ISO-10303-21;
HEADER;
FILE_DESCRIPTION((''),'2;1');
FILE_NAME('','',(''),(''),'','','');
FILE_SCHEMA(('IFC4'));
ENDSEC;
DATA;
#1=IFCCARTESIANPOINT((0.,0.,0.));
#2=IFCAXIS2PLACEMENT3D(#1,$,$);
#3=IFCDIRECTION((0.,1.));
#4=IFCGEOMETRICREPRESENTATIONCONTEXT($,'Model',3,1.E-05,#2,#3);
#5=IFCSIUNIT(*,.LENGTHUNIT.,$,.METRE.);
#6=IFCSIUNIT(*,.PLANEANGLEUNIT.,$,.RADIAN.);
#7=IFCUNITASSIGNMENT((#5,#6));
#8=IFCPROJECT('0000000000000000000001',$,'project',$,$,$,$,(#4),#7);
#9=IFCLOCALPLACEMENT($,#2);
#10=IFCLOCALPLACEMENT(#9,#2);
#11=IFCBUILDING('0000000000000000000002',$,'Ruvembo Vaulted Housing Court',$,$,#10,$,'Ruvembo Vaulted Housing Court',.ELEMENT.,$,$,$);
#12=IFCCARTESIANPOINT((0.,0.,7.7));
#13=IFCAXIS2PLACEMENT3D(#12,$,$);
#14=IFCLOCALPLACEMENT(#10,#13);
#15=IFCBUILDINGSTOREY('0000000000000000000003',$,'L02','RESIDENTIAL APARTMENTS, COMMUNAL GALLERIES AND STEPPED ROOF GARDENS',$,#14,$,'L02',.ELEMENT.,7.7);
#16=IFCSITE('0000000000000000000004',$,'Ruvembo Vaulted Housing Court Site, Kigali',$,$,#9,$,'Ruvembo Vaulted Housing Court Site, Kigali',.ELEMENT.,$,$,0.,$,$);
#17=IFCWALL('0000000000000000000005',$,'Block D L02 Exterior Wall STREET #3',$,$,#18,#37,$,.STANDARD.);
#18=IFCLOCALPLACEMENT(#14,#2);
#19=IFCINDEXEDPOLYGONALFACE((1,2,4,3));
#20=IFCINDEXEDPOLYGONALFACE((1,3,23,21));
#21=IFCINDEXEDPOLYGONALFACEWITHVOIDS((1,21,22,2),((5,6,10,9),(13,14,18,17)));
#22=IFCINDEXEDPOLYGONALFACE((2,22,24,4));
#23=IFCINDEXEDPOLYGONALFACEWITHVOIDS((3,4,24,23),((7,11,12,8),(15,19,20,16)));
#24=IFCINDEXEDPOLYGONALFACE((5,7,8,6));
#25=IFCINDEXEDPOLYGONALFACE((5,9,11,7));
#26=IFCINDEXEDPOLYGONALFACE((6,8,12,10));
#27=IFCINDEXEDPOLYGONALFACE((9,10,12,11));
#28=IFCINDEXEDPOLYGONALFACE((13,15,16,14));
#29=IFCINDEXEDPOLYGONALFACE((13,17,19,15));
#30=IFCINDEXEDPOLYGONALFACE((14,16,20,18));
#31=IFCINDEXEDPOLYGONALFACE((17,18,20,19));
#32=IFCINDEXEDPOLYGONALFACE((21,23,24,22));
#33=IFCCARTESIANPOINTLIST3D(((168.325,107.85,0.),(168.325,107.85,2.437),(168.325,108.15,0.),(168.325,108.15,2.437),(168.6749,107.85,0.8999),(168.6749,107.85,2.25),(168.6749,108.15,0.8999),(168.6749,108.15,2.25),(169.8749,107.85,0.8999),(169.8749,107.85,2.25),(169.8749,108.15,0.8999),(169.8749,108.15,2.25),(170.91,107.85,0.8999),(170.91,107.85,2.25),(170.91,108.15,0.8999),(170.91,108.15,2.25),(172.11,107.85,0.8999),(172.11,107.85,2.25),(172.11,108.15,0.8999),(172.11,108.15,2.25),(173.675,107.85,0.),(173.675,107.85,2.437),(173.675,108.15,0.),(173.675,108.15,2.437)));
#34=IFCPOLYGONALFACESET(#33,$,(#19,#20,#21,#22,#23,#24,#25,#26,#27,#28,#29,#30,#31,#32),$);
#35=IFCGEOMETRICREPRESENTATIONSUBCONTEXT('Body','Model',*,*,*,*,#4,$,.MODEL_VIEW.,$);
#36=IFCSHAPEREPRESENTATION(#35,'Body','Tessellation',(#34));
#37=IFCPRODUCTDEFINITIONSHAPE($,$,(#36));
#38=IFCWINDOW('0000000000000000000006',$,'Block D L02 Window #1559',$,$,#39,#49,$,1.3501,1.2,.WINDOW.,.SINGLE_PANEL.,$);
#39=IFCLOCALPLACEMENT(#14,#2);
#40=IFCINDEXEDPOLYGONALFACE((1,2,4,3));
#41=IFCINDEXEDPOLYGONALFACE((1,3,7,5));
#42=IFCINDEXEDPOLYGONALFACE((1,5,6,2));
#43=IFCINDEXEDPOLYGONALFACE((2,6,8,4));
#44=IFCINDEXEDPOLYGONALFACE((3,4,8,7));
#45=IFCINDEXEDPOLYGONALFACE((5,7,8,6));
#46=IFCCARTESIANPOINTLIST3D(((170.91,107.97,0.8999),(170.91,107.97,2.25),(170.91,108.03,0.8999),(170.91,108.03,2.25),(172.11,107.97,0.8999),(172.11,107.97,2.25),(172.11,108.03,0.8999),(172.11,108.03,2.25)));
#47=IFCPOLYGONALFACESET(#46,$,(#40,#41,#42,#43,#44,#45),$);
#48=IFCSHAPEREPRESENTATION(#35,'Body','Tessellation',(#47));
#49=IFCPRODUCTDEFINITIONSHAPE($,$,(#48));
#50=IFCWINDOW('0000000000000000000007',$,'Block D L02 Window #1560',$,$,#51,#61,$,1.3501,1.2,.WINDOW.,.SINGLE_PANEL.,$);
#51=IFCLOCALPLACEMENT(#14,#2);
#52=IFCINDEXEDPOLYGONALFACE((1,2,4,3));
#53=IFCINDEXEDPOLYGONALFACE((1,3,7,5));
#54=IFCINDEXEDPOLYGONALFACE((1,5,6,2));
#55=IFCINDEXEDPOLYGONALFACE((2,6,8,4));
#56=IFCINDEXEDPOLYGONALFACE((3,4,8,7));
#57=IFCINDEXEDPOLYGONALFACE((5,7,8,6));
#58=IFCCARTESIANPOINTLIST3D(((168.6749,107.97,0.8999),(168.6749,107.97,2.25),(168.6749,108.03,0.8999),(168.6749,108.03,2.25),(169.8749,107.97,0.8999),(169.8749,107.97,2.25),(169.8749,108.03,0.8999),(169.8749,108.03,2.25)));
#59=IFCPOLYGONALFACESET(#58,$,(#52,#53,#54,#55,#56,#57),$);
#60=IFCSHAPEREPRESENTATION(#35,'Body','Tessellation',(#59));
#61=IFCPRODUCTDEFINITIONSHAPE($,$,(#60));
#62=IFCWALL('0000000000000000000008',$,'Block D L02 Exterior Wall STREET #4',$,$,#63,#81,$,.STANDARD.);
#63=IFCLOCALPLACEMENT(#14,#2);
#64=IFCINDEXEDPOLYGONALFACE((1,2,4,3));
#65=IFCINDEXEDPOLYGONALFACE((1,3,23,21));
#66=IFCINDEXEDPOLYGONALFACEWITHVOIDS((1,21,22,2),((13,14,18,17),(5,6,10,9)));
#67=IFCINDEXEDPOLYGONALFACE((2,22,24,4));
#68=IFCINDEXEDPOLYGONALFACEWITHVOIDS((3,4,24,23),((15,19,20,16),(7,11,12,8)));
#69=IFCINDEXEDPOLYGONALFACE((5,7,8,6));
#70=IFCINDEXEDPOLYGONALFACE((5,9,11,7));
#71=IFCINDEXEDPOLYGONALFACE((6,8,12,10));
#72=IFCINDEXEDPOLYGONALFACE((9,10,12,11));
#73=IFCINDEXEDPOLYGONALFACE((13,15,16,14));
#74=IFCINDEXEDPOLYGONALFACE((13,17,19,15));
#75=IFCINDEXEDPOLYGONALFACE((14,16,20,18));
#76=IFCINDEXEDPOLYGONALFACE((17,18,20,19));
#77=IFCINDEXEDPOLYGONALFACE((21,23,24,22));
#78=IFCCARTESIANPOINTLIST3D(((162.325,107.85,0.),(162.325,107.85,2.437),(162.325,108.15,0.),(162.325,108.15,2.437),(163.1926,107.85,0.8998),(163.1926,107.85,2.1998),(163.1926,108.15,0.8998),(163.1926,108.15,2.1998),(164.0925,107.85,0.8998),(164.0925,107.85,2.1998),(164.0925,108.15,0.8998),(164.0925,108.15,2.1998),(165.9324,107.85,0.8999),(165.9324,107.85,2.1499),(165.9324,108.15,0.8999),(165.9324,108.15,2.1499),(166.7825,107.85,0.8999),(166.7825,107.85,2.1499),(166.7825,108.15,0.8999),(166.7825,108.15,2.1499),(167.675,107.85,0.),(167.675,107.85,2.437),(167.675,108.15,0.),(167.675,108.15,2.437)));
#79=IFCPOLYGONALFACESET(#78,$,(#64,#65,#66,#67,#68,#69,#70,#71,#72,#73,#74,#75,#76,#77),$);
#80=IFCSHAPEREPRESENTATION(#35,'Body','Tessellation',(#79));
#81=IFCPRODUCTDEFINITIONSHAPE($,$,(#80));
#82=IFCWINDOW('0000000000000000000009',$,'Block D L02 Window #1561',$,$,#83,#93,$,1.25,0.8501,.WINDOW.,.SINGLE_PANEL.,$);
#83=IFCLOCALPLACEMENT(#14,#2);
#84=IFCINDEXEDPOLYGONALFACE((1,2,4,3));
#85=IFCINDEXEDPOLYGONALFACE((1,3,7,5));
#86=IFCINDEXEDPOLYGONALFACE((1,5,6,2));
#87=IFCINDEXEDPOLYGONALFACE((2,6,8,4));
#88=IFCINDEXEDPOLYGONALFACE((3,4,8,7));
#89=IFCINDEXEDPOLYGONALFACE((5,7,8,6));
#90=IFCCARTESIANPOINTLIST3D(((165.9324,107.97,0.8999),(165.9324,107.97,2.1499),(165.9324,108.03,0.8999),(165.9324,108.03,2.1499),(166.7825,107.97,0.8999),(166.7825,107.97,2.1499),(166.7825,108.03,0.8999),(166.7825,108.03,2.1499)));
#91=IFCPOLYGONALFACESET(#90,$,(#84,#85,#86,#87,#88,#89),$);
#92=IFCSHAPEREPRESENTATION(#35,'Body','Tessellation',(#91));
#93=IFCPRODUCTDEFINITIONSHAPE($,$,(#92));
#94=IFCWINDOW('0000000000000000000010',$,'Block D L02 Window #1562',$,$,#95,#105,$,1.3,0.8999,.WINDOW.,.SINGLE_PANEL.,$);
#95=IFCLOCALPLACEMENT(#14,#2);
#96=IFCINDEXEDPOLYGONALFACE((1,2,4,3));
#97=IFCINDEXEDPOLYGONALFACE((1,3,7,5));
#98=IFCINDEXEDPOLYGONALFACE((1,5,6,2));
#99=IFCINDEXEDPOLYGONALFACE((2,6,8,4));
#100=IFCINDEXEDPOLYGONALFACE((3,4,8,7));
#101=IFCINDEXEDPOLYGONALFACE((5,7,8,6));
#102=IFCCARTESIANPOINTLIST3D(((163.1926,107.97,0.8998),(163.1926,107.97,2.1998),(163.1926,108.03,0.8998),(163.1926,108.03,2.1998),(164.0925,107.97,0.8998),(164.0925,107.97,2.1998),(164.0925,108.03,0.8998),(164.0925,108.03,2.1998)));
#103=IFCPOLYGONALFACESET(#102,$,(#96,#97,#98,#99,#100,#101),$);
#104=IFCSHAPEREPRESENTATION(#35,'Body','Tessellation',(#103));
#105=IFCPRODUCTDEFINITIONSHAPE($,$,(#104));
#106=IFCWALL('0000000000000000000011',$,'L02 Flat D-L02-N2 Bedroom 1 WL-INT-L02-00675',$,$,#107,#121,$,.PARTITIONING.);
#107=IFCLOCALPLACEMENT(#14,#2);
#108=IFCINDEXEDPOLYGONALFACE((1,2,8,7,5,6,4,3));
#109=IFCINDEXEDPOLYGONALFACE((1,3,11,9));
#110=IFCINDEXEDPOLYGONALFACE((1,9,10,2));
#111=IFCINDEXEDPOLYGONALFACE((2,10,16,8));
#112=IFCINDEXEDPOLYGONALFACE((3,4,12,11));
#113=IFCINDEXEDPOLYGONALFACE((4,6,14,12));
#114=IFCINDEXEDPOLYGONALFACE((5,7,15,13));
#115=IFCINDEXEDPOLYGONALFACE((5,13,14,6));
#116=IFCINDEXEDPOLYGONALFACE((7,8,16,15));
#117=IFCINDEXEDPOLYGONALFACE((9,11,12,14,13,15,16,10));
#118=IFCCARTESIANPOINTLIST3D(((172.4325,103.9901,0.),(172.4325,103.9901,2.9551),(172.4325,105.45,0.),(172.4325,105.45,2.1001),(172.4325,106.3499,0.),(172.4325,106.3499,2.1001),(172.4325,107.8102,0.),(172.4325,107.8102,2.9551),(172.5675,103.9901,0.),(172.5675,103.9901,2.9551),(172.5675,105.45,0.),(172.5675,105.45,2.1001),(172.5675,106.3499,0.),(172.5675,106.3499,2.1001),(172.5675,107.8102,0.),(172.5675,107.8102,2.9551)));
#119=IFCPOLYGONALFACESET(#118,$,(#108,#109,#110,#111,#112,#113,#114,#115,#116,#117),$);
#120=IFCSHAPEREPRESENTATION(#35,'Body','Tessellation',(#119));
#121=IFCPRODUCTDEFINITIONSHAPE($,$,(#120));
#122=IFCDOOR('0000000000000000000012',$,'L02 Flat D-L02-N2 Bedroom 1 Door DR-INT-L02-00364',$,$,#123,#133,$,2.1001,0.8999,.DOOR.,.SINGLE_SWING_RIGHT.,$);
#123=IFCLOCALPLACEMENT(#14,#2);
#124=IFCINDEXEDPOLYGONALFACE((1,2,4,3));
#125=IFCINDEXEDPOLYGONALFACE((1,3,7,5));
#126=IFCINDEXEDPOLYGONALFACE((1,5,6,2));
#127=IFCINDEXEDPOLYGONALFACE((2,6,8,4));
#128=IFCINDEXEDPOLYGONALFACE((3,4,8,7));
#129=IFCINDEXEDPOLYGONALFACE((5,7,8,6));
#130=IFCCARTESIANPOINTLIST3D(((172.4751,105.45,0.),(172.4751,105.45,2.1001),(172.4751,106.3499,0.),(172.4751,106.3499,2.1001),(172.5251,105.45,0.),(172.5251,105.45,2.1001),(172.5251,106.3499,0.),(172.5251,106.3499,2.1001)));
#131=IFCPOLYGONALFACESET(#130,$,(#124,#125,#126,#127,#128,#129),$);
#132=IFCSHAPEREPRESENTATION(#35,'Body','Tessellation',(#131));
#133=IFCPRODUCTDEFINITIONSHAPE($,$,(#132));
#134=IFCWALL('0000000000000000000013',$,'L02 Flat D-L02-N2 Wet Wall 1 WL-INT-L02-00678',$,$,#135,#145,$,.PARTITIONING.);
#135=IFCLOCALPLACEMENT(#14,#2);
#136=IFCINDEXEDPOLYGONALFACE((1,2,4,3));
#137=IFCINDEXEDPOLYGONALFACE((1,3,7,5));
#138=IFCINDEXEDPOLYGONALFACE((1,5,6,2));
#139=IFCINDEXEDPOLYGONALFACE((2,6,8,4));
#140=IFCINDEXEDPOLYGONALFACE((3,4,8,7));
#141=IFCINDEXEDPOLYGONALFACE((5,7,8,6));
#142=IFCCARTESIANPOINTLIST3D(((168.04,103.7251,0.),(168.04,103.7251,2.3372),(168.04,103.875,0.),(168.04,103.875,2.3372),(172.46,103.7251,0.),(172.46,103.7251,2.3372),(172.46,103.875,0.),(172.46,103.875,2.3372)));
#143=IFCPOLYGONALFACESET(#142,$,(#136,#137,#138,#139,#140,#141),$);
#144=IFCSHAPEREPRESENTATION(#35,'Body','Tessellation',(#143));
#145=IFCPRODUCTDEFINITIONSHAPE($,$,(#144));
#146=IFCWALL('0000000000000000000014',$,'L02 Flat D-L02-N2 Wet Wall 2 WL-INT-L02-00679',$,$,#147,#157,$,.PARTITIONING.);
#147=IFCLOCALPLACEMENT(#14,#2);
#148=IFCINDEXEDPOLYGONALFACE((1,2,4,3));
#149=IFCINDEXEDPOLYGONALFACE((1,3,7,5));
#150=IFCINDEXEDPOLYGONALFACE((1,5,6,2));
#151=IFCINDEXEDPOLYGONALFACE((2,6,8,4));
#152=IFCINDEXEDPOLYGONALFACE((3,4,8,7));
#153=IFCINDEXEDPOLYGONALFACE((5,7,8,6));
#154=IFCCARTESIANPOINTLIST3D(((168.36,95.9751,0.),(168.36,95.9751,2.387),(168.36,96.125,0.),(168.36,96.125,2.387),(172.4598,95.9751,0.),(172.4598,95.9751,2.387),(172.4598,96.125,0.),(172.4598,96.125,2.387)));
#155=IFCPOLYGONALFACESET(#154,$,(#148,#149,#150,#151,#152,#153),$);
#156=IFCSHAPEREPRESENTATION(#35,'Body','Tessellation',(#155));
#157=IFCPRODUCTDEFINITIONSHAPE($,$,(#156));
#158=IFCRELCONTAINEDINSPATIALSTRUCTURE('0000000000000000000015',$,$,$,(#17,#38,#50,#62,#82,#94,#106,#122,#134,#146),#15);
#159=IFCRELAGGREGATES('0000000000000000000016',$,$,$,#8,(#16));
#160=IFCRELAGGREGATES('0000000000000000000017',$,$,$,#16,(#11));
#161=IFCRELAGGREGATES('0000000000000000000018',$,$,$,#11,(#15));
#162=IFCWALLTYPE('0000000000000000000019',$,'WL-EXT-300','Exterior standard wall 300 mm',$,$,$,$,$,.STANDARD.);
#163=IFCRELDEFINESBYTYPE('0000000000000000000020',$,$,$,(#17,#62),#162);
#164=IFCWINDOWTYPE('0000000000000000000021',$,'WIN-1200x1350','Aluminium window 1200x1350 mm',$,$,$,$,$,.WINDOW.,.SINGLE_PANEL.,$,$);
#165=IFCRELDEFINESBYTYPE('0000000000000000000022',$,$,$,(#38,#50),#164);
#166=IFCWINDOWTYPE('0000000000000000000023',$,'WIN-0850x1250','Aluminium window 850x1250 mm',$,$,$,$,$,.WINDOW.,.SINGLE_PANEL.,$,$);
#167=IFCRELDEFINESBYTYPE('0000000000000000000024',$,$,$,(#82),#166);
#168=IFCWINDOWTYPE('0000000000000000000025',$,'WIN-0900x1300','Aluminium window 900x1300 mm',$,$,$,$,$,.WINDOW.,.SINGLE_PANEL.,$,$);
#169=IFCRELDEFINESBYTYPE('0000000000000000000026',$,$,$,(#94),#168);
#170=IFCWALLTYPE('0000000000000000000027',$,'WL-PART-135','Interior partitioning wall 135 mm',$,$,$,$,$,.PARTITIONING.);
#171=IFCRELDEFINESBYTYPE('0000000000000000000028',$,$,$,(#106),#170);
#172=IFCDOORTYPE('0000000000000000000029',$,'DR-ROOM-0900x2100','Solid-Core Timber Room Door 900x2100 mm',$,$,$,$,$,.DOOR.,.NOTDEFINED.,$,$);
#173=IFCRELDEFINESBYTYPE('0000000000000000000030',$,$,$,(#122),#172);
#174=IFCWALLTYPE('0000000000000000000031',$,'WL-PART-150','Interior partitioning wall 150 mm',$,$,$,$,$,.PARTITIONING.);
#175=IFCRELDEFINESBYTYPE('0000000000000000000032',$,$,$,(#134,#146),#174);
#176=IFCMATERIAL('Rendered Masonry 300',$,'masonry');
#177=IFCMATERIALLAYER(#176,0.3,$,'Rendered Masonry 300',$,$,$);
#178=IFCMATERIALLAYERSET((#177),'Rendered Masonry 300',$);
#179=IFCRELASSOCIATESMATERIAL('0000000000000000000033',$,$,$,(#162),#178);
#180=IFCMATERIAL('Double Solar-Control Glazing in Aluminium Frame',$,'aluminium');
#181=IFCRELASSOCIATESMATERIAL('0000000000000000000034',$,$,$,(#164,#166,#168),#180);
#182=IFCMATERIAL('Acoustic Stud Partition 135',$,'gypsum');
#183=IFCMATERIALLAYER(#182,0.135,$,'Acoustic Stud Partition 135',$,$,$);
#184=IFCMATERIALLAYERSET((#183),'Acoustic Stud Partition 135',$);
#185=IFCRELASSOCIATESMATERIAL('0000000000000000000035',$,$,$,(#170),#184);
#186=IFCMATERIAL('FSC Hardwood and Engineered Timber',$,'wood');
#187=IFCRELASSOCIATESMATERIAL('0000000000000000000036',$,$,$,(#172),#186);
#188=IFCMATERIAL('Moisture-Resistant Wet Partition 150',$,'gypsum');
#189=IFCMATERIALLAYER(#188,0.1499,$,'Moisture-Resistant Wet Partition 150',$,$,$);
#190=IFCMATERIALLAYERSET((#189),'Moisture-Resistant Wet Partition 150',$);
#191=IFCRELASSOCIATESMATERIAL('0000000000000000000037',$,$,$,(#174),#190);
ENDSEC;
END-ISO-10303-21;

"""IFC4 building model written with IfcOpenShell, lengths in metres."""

from ifc_helpers import new_model, si_unit, direction, frame, frame_2d, origin, place, context, subcontext, project, spatial, rectangle, extrude, material, layer, layer_set, type_object, element, fill, save


model = new_model("IFC4")

# Units and contexts
model_context = context("Model", 3, precision=1e-05, world=origin(), true_north=direction((0.0, 1.0)))
body_context = subcontext(model_context, "Body", "Model", "MODEL_VIEW")
ifc_project = project(units=[si_unit("LENGTHUNIT", "METRE"), si_unit("PLANEANGLEUNIT", "RADIAN")], contexts=[model_context])

# Site, building, storey
site_placement = place(None, origin())
site = spatial("IfcSite", under=ifc_project, at=site_placement, Name="Ruvembo Vaulted Housing Court Site, Kigali", LongName="Ruvembo Vaulted Housing Court Site, Kigali", CompositionType="ELEMENT", RefElevation=0.0)
building_placement = place(site_placement, origin())
building = spatial("IfcBuilding", under=site, at=building_placement, Name="Ruvembo Vaulted Housing Court", LongName="Ruvembo Vaulted Housing Court", CompositionType="ELEMENT")
storey_placement = place(building_placement, frame((0.0, 0.0, 7.7)))
storey = spatial("IfcBuildingStorey", under=building, at=storey_placement, Name="L02", Description="RESIDENTIAL APARTMENTS, COMMUNAL GALLERIES AND STEPPED ROOF GARDENS", LongName="L02", CompositionType="ELEMENT", Elevation=7.7)

# Walls, openings, windows
ifc_material_1 = material(Name="Rendered Masonry 300", Category="masonry")
ifc_layer_1 = layer(ifc_material_1, 0.3, Name="Rendered Masonry 300")
ifc_layer_set_1 = layer_set([ifc_layer_1], Name="Rendered Masonry 300")
wall_type_1 = type_object("IfcWallType", Name="WL-EXT-300", Description="Exterior standard wall 300 mm", PredefinedType="STANDARD", material=ifc_layer_set_1)
wall_1_placement = place(storey_placement, frame((173.675, 108.0, 0.0), z_axis=(0.0, 0.0, 1.0), x_axis=(-1.0, 0.0, 0.0)))
wall_1 = element("IfcWall", 1, at=wall_1_placement, inside=storey, type_object=wall_type_1, Name="Block D L02 Exterior Wall STREET #3", PredefinedType="STANDARD", context=body_context, shape_type="SweptSolid", body=[
    extrude(rectangle(XDim=5.3501, YDim=0.3, at=frame_2d((2.675, 0.0))), origin(), (0.0, 0.0, 1.0), 2.437),
])
opening_1_placement = place(wall_1_placement, frame((1.5649, 0.0, 0.8999)))
opening_1 = element("IfcOpeningElement", 2, at=opening_1_placement, cuts=wall_1, PredefinedType="OPENING", context=body_context, shape_type="SweptSolid", body=[
    extrude(rectangle(XDim=1.2, YDim=1.3501, at=frame_2d((0.6001, 0.675))), frame((0.0, 0.1599, 0.0), z_axis=(0.0, -1.0, 0.0), x_axis=(1.0, 0.0, 0.0)), (0.0, 0.0, 1.0), 0.3201),
])
opening_2_placement = place(wall_1_placement, frame((3.8, 0.0, 0.8999)))
opening_2 = element("IfcOpeningElement", 3, at=opening_2_placement, cuts=wall_1, PredefinedType="OPENING", context=body_context, shape_type="SweptSolid", body=[
    extrude(rectangle(XDim=1.2, YDim=1.3501, at=frame_2d((0.6001, 0.675))), frame((0.0, 0.1599, 0.0), z_axis=(0.0, -1.0, 0.0), x_axis=(1.0, 0.0, 0.0)), (0.0, 0.0, 1.0), 0.3201),
])
ifc_material_2 = material(Name="Double Solar-Control Glazing in Aluminium Frame", Category="aluminium")
window_type_1 = type_object("IfcWindowType", Name="WIN-1200x1350", Description="Aluminium window 1200x1350 mm", PartitioningType="SINGLE_PANEL", PredefinedType="WINDOW", material=ifc_material_2)
window_1_placement = place(opening_1_placement, origin())
window_1 = element("IfcWindow", 4, at=window_1_placement, inside=storey, type_object=window_type_1, Name="Block D L02 Window #1559", OverallHeight=1.3501, OverallWidth=1.2, PartitioningType="SINGLE_PANEL", PredefinedType="WINDOW", context=body_context, shape_type="SweptSolid", body=[
    extrude(rectangle(XDim=1.2, YDim=1.3501, at=frame_2d((0.6001, 0.675))), frame((0.0, 0.03, 0.0), z_axis=(0.0, -1.0, 0.0), x_axis=(1.0, 0.0, 0.0)), (0.0, 0.0, 1.0), 0.0601),
])
fill(opening_1, window_1)
window_2_placement = place(opening_2_placement, origin())
window_2 = element("IfcWindow", 5, at=window_2_placement, inside=storey, type_object=window_type_1, Name="Block D L02 Window #1560", OverallHeight=1.3501, OverallWidth=1.2, PartitioningType="SINGLE_PANEL", PredefinedType="WINDOW", context=body_context, shape_type="SweptSolid", body=[
    extrude(rectangle(XDim=1.2, YDim=1.3501, at=frame_2d((0.6001, 0.675))), frame((0.0, 0.03, 0.0), z_axis=(0.0, -1.0, 0.0), x_axis=(1.0, 0.0, 0.0)), (0.0, 0.0, 1.0), 0.0601),
])
fill(opening_2, window_2)
wall_2_placement = place(storey_placement, frame((167.675, 108.0, 0.0), z_axis=(0.0, 0.0, 1.0), x_axis=(-1.0, 0.0, 0.0)))
wall_2 = element("IfcWall", 6, at=wall_2_placement, inside=storey, type_object=wall_type_1, Name="Block D L02 Exterior Wall STREET #4", PredefinedType="STANDARD", context=body_context, shape_type="SweptSolid", body=[
    extrude(rectangle(XDim=5.3501, YDim=0.3, at=frame_2d((2.675, 0.0))), origin(), (0.0, 0.0, 1.0), 2.437),
])
opening_3_placement = place(wall_2_placement, frame((0.8926, 0.0, 0.8999)))
opening_3 = element("IfcOpeningElement", 7, at=opening_3_placement, cuts=wall_2, PredefinedType="OPENING", context=body_context, shape_type="SweptSolid", body=[
    extrude(rectangle(XDim=0.8501, YDim=1.25, at=frame_2d((0.425, 0.625))), frame((0.0, 0.1599, 0.0), z_axis=(0.0, -1.0, 0.0), x_axis=(1.0, 0.0, 0.0)), (0.0, 0.0, 1.0), 0.3201),
])
opening_4_placement = place(wall_2_placement, frame((3.5825, 0.0, 0.8999)))
opening_4 = element("IfcOpeningElement", 8, at=opening_4_placement, cuts=wall_2, PredefinedType="OPENING", context=body_context, shape_type="SweptSolid", body=[
    extrude(rectangle(XDim=0.8999, YDim=1.3, at=frame_2d((0.45, 0.6499))), frame((0.0, 0.1599, 0.0), z_axis=(0.0, -1.0, 0.0), x_axis=(1.0, 0.0, 0.0)), (0.0, 0.0, 1.0), 0.3201),
])
window_type_2 = type_object("IfcWindowType", Name="WIN-0850x1250", Description="Aluminium window 850x1250 mm", PartitioningType="SINGLE_PANEL", PredefinedType="WINDOW", material=ifc_material_2)
window_3_placement = place(opening_3_placement, origin())
window_3 = element("IfcWindow", 9, at=window_3_placement, inside=storey, type_object=window_type_2, Name="Block D L02 Window #1561", OverallHeight=1.25, OverallWidth=0.8501, PartitioningType="SINGLE_PANEL", PredefinedType="WINDOW", context=body_context, shape_type="SweptSolid", body=[
    extrude(rectangle(XDim=0.8501, YDim=1.25, at=frame_2d((0.425, 0.625))), frame((0.0, 0.03, 0.0), z_axis=(0.0, -1.0, 0.0), x_axis=(1.0, 0.0, 0.0)), (0.0, 0.0, 1.0), 0.0601),
])
fill(opening_3, window_3)
window_type_3 = type_object("IfcWindowType", Name="WIN-0900x1300", Description="Aluminium window 900x1300 mm", PartitioningType="SINGLE_PANEL", PredefinedType="WINDOW", material=ifc_material_2)
window_4_placement = place(opening_4_placement, origin())
window_4 = element("IfcWindow", 10, at=window_4_placement, inside=storey, type_object=window_type_3, Name="Block D L02 Window #1562", OverallHeight=1.3, OverallWidth=0.8999, PartitioningType="SINGLE_PANEL", PredefinedType="WINDOW", context=body_context, shape_type="SweptSolid", body=[
    extrude(rectangle(XDim=0.8999, YDim=1.3, at=frame_2d((0.45, 0.6499))), frame((0.0, 0.03, 0.0), z_axis=(0.0, -1.0, 0.0), x_axis=(1.0, 0.0, 0.0)), (0.0, 0.0, 1.0), 0.0601),
])
fill(opening_4, window_4)

# Wall, opening, door
ifc_material_3 = material(Name="Acoustic Stud Partition 135", Category="gypsum")
ifc_layer_2 = layer(ifc_material_3, 0.135, Name="Acoustic Stud Partition 135")
ifc_layer_set_2 = layer_set([ifc_layer_2], Name="Acoustic Stud Partition 135")
wall_type_2 = type_object("IfcWallType", Name="WL-PART-135", Description="Interior partitioning wall 135 mm", PredefinedType="PARTITIONING", material=ifc_layer_set_2)
wall_3_placement = place(storey_placement, frame((172.5, 103.99, 0.0), z_axis=(0.0, 0.0, 1.0), x_axis=(0.0, 1.0, 0.0)))
wall_3 = element("IfcWall", 11, at=wall_3_placement, inside=storey, type_object=wall_type_2, Name="L02 Flat D-L02-N2 Bedroom 1 WL-INT-L02-00675", PredefinedType="PARTITIONING", context=body_context, shape_type="SweptSolid", body=[
    extrude(rectangle(XDim=3.8201, YDim=0.135, at=frame_2d((1.9102, 0.0))), origin(), (0.0, 0.0, 1.0), 2.9551),
])
opening_5_placement = place(wall_3_placement, frame((1.46, 0.0, 0.0)))
opening_5 = element("IfcOpeningElement", 12, at=opening_5_placement, cuts=wall_3, PredefinedType="OPENING", context=body_context, shape_type="SweptSolid", body=[
    extrude(rectangle(XDim=0.8999, YDim=2.1001, at=frame_2d((0.45, 1.05))), frame((0.0, 0.0774, 0.0), z_axis=(0.0, -1.0, 0.0), x_axis=(1.0, 0.0, 0.0)), (0.0, 0.0, 1.0), 0.155),
])
ifc_material_4 = material(Name="FSC Hardwood and Engineered Timber", Category="wood")
door_type_1 = type_object("IfcDoorType", Name="DR-ROOM-0900x2100", Description="Solid-Core Timber Room Door 900x2100 mm", OperationType="NOTDEFINED", PredefinedType="DOOR", material=ifc_material_4)
door_1_placement = place(opening_5_placement, origin())
door_1 = element("IfcDoor", 13, at=door_1_placement, inside=storey, type_object=door_type_1, Name="L02 Flat D-L02-N2 Bedroom 1 Door DR-INT-L02-00364", OperationType="SINGLE_SWING_RIGHT", OverallHeight=2.1001, OverallWidth=0.8999, PredefinedType="DOOR", context=body_context, shape_type="SweptSolid", body=[
    extrude(rectangle(XDim=0.8999, YDim=2.1001, at=frame_2d((0.45, 1.05))), frame((0.0, 0.0249, 0.0), z_axis=(0.0, -1.0, 0.0), x_axis=(1.0, 0.0, 0.0)), (0.0, 0.0, 1.0), 0.05),
])
fill(opening_5, door_1)

# Walls
ifc_material_5 = material(Name="Moisture-Resistant Wet Partition 150", Category="gypsum")
ifc_layer_3 = layer(ifc_material_5, 0.1499, Name="Moisture-Resistant Wet Partition 150")
ifc_layer_set_3 = layer_set([ifc_layer_3], Name="Moisture-Resistant Wet Partition 150")
wall_type_3 = type_object("IfcWallType", Name="WL-PART-150", Description="Interior partitioning wall 150 mm", PredefinedType="PARTITIONING", material=ifc_layer_set_3)
wall_4_placement = place(storey_placement, frame((168.04, 103.8, 0.0), z_axis=(0.0, 0.0, 1.0), x_axis=(1.0, 0.0, 0.0)))
element("IfcWall", 14, at=wall_4_placement, inside=storey, type_object=wall_type_3, Name="L02 Flat D-L02-N2 Wet Wall 1 WL-INT-L02-00678", PredefinedType="PARTITIONING", context=body_context, shape_type="SweptSolid", body=[
    extrude(rectangle(XDim=4.4199, YDim=0.1499, at=frame_2d((2.21, 0.0))), origin(), (0.0, 0.0, 1.0), 2.3372),
])
wall_5_placement = place(storey_placement, frame((168.3601, 96.05, 0.0), z_axis=(0.0, 0.0, 1.0), x_axis=(1.0, 0.0, 0.0)))
element("IfcWall", 15, at=wall_5_placement, inside=storey, type_object=wall_type_3, Name="L02 Flat D-L02-N2 Wet Wall 2 WL-INT-L02-00679", PredefinedType="PARTITIONING", context=body_context, shape_type="SweptSolid", body=[
    extrude(rectangle(XDim=4.0999, YDim=0.1499, at=frame_2d((2.0498, 0.0))), origin(), (0.0, 0.0, 1.0), 2.387),
])

save(model, "model.ifc")
